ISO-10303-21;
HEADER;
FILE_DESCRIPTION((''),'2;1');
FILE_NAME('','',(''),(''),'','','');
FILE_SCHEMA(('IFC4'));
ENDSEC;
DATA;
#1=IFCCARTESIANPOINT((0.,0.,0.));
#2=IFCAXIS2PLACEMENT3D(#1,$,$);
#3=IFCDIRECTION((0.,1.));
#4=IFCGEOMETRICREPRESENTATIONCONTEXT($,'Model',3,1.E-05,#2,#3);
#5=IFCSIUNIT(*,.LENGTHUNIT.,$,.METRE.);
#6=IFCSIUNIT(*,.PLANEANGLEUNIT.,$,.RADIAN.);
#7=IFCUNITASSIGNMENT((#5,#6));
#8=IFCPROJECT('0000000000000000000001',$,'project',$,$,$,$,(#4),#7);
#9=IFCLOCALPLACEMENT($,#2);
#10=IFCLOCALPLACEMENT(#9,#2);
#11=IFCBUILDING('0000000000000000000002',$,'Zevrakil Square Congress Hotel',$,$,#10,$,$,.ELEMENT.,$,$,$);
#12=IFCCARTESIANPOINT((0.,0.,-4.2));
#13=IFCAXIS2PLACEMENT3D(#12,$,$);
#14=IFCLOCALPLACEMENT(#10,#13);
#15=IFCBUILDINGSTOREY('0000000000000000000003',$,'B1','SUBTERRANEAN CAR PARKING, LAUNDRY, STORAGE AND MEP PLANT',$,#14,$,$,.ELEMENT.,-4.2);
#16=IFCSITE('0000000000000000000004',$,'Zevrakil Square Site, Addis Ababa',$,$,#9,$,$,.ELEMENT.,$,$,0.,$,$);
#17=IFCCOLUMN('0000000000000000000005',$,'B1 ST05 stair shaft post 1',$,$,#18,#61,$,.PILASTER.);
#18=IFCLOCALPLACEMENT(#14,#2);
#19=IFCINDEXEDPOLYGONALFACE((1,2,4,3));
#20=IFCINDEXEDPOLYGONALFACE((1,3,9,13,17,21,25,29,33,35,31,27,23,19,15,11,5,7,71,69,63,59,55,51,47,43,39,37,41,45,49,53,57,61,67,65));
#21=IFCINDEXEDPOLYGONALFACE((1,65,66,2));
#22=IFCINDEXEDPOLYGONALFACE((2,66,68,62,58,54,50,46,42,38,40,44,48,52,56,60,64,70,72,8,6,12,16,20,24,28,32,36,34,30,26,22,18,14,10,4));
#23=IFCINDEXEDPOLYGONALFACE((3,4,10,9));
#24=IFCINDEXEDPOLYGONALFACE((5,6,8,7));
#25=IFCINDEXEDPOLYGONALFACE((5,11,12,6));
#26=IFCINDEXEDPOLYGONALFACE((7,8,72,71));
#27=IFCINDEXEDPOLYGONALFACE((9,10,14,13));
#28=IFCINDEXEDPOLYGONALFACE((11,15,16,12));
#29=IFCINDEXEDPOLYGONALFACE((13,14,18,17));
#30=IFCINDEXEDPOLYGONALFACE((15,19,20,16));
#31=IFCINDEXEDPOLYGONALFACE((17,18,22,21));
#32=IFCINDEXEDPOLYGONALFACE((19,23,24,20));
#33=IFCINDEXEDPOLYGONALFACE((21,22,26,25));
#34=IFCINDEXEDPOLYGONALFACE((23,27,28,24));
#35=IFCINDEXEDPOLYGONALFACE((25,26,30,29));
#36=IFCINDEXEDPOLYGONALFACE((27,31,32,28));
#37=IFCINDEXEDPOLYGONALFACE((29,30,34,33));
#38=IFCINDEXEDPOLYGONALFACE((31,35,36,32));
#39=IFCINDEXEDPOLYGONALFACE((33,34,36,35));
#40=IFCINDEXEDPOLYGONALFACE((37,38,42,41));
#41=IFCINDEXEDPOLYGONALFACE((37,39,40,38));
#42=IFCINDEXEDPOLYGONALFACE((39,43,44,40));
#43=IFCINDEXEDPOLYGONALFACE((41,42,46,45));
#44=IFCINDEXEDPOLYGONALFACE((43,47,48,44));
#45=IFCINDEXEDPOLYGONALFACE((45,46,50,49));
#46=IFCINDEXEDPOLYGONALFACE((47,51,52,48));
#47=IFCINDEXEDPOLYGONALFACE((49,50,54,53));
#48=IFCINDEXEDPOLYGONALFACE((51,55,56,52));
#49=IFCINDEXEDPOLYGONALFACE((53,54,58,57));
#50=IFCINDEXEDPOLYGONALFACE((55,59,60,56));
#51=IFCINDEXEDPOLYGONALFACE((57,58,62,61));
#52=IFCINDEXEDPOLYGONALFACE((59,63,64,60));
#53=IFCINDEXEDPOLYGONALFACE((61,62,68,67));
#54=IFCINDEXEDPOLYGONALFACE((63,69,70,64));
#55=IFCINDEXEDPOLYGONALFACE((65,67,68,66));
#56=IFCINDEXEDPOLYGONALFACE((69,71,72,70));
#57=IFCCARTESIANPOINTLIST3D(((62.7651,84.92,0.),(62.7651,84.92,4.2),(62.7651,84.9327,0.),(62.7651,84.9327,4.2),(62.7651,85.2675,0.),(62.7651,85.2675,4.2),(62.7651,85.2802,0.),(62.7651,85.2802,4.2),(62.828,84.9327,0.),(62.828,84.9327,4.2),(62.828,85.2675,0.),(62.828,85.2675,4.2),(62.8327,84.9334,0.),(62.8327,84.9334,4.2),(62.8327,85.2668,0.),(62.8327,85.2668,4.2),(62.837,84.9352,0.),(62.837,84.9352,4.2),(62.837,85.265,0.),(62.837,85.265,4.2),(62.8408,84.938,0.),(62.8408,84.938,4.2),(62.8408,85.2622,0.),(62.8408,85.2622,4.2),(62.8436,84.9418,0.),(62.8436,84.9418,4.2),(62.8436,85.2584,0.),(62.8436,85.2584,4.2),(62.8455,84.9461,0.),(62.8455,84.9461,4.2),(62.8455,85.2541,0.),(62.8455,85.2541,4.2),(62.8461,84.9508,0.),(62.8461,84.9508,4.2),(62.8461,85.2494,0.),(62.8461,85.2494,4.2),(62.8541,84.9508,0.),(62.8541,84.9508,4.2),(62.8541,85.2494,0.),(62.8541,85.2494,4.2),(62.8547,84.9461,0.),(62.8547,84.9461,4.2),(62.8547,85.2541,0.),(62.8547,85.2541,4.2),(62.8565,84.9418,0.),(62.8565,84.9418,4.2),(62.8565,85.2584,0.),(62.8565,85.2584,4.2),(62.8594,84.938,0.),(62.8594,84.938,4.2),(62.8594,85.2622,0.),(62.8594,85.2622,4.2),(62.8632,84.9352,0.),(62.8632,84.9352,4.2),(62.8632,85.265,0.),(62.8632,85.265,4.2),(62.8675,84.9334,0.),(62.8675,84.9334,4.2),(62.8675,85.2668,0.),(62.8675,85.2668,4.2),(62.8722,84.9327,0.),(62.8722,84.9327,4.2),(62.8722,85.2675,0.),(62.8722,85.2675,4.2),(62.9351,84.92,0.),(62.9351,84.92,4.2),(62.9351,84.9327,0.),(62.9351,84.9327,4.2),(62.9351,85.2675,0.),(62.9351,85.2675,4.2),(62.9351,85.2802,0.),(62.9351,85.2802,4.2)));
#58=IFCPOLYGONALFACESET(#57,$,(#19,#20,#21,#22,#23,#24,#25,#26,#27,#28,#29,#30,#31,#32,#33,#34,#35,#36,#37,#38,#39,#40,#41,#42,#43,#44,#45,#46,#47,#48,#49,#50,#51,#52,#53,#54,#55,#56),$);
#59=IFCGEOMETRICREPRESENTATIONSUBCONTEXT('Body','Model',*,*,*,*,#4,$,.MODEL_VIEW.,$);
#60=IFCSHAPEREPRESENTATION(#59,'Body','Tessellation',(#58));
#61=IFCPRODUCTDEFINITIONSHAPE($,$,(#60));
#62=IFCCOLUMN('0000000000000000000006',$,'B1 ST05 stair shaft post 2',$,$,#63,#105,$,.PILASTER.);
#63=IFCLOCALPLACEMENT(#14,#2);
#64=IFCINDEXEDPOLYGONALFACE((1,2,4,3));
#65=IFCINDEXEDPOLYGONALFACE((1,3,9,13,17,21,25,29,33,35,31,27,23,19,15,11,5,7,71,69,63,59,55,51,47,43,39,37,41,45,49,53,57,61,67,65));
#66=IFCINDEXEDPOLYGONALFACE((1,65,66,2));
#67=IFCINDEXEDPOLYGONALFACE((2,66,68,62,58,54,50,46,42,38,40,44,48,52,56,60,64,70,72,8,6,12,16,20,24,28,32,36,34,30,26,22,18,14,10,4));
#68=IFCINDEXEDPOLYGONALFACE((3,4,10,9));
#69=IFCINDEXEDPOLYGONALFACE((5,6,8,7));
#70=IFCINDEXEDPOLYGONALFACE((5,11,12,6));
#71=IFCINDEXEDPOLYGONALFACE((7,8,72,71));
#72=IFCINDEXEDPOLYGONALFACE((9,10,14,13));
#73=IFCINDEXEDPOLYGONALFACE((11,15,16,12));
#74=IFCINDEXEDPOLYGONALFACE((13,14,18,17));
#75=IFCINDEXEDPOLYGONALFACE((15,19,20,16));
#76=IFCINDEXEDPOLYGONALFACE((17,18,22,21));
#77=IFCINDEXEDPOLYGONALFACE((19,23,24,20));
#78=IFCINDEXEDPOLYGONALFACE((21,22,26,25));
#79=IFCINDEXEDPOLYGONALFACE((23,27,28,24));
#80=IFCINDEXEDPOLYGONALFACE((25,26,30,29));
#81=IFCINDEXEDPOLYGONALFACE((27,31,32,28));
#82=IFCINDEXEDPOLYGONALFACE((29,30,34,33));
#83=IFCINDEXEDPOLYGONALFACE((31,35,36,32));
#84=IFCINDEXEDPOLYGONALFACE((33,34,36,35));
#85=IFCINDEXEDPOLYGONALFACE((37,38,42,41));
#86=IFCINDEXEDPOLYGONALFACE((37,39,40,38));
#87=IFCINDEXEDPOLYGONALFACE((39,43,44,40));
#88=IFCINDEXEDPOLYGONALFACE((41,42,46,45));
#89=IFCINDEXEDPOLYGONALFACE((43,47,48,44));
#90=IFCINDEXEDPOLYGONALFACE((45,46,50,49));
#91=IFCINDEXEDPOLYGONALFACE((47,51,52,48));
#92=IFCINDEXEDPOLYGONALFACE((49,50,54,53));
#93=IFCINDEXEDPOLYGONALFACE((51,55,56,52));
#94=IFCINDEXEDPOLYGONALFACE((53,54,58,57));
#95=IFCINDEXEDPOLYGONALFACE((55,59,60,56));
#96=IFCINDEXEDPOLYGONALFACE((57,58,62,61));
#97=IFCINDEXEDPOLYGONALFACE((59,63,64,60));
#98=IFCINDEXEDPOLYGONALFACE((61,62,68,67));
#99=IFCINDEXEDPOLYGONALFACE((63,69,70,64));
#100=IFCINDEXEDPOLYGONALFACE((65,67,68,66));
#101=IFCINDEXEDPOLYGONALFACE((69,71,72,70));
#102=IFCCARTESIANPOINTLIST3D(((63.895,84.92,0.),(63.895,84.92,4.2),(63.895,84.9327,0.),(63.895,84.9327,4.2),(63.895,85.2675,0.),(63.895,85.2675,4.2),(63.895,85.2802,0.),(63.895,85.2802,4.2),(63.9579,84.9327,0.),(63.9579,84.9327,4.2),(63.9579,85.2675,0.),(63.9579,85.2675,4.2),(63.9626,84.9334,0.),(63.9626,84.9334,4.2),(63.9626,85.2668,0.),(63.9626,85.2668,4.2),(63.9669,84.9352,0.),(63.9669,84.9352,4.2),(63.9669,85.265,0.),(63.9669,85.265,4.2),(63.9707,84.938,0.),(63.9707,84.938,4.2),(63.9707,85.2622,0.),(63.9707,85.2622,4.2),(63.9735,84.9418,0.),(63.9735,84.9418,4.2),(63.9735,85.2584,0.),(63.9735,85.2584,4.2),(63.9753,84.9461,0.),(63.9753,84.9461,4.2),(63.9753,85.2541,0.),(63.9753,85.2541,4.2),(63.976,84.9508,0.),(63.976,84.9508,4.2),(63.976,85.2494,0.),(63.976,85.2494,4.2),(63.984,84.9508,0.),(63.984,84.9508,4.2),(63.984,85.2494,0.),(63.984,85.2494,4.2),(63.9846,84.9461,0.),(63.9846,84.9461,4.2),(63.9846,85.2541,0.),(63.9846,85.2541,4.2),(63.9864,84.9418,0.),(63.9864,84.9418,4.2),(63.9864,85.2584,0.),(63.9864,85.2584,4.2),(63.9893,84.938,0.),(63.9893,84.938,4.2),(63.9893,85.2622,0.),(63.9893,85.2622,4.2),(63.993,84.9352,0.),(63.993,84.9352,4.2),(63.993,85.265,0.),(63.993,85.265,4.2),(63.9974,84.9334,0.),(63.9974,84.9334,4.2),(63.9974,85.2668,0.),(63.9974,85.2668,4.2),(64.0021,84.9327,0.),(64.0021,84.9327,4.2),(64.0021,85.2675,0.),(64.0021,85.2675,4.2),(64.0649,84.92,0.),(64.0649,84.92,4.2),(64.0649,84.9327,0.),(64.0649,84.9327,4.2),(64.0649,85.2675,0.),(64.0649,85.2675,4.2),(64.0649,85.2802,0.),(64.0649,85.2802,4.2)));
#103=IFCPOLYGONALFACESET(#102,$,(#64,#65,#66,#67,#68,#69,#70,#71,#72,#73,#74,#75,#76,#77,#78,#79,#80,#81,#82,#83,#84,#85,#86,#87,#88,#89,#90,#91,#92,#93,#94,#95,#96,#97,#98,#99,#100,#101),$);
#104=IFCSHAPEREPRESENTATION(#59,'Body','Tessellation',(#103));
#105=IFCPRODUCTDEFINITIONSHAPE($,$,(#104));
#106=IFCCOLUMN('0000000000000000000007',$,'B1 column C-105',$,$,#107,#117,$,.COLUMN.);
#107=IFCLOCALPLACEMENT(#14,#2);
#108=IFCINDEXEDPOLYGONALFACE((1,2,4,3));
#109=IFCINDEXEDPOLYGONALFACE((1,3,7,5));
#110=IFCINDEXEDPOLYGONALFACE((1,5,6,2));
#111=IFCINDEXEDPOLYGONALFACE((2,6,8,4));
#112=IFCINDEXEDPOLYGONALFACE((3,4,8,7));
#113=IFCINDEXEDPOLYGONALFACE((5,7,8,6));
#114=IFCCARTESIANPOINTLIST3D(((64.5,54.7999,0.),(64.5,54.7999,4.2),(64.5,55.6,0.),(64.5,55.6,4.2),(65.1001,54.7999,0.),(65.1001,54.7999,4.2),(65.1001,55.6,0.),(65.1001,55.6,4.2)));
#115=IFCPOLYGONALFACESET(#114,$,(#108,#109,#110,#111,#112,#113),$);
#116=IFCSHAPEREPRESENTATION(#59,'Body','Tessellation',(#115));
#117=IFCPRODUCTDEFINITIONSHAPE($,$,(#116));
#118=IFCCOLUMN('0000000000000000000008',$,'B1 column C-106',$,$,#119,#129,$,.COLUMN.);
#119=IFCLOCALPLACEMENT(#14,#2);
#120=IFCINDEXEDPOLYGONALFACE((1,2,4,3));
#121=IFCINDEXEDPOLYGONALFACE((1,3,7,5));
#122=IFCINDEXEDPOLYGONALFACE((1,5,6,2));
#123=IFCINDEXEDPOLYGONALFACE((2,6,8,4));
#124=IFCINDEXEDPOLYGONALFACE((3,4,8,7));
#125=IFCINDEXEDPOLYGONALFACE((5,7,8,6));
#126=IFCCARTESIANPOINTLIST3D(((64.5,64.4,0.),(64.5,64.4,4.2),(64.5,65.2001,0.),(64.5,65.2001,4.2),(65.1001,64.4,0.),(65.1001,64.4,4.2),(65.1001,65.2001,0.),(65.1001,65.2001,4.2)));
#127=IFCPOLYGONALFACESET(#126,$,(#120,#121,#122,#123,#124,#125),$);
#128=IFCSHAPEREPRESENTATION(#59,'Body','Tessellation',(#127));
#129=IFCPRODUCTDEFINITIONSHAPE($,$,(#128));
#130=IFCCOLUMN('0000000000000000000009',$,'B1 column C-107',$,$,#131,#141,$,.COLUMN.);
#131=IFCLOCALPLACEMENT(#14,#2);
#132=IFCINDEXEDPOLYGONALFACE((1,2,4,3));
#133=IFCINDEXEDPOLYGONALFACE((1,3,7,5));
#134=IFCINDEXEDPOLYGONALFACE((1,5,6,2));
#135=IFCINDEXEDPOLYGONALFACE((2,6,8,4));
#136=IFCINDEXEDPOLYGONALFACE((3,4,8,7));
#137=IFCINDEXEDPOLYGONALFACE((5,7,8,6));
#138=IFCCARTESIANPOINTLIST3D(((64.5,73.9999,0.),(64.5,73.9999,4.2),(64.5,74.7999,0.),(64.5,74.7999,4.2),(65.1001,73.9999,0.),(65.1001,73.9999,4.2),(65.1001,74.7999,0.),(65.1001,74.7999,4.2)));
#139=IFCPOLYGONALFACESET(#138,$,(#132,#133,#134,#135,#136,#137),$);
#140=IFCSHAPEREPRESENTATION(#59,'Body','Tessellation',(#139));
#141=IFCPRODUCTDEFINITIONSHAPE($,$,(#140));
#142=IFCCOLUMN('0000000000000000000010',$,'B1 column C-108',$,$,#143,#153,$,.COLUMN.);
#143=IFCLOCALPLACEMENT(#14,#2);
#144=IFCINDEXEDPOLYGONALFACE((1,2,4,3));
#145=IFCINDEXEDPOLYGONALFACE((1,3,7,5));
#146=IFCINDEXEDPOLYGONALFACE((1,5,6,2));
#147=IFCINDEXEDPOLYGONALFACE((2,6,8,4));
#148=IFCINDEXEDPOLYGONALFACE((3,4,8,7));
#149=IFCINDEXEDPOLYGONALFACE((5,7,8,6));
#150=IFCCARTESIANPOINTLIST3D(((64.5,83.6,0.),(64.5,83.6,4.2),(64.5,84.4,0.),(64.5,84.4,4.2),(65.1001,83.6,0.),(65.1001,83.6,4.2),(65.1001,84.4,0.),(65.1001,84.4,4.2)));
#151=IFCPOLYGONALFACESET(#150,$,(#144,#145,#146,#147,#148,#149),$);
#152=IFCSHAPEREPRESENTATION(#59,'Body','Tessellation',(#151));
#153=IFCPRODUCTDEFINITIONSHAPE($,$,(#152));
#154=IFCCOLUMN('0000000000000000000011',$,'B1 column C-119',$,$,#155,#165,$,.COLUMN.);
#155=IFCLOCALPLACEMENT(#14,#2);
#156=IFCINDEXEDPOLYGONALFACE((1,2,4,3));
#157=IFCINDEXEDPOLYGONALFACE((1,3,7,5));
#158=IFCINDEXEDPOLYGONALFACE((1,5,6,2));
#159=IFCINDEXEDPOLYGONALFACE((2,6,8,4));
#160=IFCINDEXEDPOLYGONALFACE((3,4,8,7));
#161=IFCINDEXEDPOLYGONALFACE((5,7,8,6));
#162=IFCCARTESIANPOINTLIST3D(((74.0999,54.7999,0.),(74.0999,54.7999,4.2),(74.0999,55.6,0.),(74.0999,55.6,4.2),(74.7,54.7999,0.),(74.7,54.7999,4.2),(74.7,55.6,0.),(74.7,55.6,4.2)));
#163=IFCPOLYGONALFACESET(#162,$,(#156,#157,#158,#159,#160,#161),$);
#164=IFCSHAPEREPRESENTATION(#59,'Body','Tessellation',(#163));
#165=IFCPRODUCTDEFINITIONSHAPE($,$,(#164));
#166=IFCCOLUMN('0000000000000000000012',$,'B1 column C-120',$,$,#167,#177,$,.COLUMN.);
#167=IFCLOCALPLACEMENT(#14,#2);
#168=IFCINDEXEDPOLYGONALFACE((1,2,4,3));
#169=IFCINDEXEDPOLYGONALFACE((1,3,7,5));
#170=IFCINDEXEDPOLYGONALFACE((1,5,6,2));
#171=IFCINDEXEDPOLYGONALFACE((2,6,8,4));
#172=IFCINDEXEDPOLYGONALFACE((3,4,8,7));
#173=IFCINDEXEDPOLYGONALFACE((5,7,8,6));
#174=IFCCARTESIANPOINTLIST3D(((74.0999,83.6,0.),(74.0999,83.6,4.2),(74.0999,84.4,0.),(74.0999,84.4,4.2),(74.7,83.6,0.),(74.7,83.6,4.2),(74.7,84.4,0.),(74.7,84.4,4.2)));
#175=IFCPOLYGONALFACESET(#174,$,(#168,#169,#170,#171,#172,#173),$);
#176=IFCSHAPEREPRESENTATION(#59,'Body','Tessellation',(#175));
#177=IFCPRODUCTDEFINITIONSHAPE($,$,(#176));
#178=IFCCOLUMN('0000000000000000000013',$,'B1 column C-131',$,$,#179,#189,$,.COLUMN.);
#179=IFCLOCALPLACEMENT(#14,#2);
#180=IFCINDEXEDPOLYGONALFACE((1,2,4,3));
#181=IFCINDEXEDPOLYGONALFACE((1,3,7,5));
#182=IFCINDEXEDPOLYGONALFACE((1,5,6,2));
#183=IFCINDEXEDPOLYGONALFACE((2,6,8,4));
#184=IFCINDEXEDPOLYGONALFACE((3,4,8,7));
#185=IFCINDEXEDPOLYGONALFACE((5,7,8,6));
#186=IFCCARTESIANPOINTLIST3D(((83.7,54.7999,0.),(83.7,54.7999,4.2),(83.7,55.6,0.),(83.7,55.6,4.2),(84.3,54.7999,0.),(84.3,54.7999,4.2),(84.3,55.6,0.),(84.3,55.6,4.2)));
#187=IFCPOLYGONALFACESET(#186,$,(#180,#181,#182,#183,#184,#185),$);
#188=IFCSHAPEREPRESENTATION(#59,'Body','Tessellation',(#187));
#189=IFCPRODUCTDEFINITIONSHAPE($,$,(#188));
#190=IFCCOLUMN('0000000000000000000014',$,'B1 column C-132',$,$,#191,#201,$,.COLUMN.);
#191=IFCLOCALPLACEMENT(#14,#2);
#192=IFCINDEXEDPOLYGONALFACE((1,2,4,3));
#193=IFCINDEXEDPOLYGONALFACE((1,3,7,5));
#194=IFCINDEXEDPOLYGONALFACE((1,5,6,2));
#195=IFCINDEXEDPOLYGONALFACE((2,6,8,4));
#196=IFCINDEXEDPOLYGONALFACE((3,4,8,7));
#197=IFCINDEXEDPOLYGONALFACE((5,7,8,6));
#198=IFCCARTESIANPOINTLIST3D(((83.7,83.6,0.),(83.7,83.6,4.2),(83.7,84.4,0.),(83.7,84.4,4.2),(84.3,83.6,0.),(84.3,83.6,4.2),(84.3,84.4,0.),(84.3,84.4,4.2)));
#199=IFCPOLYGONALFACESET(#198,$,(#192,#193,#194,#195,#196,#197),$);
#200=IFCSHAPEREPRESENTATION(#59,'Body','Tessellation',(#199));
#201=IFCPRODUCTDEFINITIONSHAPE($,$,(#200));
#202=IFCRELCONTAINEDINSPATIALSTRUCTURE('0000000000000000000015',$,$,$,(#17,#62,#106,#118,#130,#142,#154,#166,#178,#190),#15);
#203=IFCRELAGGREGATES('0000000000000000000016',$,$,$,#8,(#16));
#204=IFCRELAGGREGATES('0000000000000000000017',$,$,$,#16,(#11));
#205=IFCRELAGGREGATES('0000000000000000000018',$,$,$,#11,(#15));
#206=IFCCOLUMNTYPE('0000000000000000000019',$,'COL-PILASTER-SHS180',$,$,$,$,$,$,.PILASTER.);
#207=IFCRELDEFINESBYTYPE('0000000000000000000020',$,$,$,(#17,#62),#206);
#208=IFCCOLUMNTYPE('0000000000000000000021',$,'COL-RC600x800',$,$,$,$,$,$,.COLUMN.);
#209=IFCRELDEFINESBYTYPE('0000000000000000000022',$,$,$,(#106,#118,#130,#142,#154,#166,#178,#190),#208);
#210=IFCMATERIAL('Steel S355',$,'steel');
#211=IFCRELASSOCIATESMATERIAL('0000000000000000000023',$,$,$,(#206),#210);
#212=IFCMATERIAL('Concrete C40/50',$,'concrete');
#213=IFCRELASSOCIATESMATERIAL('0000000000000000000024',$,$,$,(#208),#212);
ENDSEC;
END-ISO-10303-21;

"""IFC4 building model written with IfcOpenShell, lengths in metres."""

from ifc_helpers import new_model, si_unit, direction, frame, origin, origin_2d, place, context, subcontext, project, spatial, rectangle, i_section, extrude, material, material_profile, profile_set, type_object, element, save


model = new_model("IFC4")

# Units and contexts
model_context = context("Model", 3, precision=1e-05, world=origin(), true_north=direction((0.0, 1.0)))
body_context = subcontext(model_context, "Body", "Model", "MODEL_VIEW")
ifc_project = project(units=[si_unit("LENGTHUNIT", "METRE"), si_unit("PLANEANGLEUNIT", "RADIAN")], contexts=[model_context])

# Site, building, storey
site_placement = place(None, origin())
site = spatial("IfcSite", under=ifc_project, at=site_placement, Name="Zevrakil Square Site, Addis Ababa", CompositionType="ELEMENT", RefElevation=0.0)
building_placement = place(site_placement, origin())
building = spatial("IfcBuilding", under=site, at=building_placement, Name="Zevrakil Square Congress Hotel", CompositionType="ELEMENT")
storey_placement = place(building_placement, frame((0.0, 0.0, -4.2)))
storey = spatial("IfcBuildingStorey", under=building, at=storey_placement, Name="B1", Description="SUBTERRANEAN CAR PARKING, LAUNDRY, STORAGE AND MEP PLANT", CompositionType="ELEMENT", Elevation=-4.2)

# Columns
ifc_material_1 = material(Name="Steel S355", Category="steel")
ifc_material_profile_1 = material_profile(ifc_material_1, i_section(OverallWidth=0.1699, OverallDepth=0.3601, WebThickness=0.0081, FlangeThickness=0.0127, FilletRadius=0.0181, at=origin_2d()), Name="IPE 360")
ifc_profile_set_1 = profile_set([ifc_material_profile_1], Name="Steel S355")
column_type_1 = type_object("IfcColumnType", Name="COL-PILASTER-SHS180", PredefinedType="PILASTER", material=ifc_profile_set_1)
for number, where, z_axis, x_axis, name in (
    (1, (62.8501, 85.1001, 0.0), (0.0, 0.0, 1.0), (1.0, 0.0, 0.0), "B1 ST05 stair shaft post 1"),
    (2, (63.98, 85.1001, 0.0), (0.0, 0.0, 1.0), (1.0, 0.0, 0.0), "B1 ST05 stair shaft post 2"),
):
    element("IfcColumn", number, at=place(storey_placement, frame(where, z_axis=z_axis, x_axis=x_axis)), inside=storey, type_object=column_type_1, Name=name, PredefinedType="PILASTER", context=body_context, shape_type="SweptSolid", body=[
        extrude(i_section(OverallWidth=0.1699, OverallDepth=0.3601, WebThickness=0.0081, FlangeThickness=0.0127, FilletRadius=0.0181, at=origin_2d()), origin(), (0.0, 0.0, 1.0), 4.2),
    ])
ifc_material_2 = material(Name="Concrete C40/50", Category="concrete")
ifc_material_profile_2 = material_profile(ifc_material_2, rectangle(XDim=0.6001, YDim=0.8, at=origin_2d()), Name="RC 600x800")
ifc_profile_set_2 = profile_set([ifc_material_profile_2], Name="Concrete C40/50")
column_type_2 = type_object("IfcColumnType", Name="COL-RC600x800", PredefinedType="COLUMN", material=ifc_profile_set_2)
for number, where, z_axis, x_axis, name in (
    (3, (64.8, 55.2, 0.0), (0.0, 0.0, 1.0), (1.0, 0.0, 0.0), "B1 column C-105"),
    (4, (64.8, 64.8, 0.0), (0.0, 0.0, 1.0), (1.0, 0.0, 0.0), "B1 column C-106"),
    (5, (64.8, 74.3999, 0.0), (0.0, 0.0, 1.0), (1.0, 0.0, 0.0), "B1 column C-107"),
    (6, (64.8, 84.0, 0.0), (0.0, 0.0, 1.0), (1.0, 0.0, 0.0), "B1 column C-108"),
    (7, (74.3999, 55.2, 0.0), (0.0, 0.0, 1.0), (1.0, 0.0, 0.0), "B1 column C-119"),
    (8, (74.3999, 84.0, 0.0), (0.0, 0.0, 1.0), (1.0, 0.0, 0.0), "B1 column C-120"),
    (9, (84.0, 55.2, 0.0), (0.0, 0.0, 1.0), (1.0, 0.0, 0.0), "B1 column C-131"),
    (10, (84.0, 84.0, 0.0), (0.0, 0.0, 1.0), (1.0, 0.0, 0.0), "B1 column C-132"),
):
    element("IfcColumn", number, at=place(storey_placement, frame(where, z_axis=z_axis, x_axis=x_axis)), inside=storey, type_object=column_type_2, Name=name, PredefinedType="COLUMN", context=body_context, shape_type="SweptSolid", body=[
        extrude(rectangle(XDim=0.6001, YDim=0.8, at=origin_2d()), origin(), (0.0, 0.0, 1.0), 4.2),
    ])

save(model, "model.ifc")
